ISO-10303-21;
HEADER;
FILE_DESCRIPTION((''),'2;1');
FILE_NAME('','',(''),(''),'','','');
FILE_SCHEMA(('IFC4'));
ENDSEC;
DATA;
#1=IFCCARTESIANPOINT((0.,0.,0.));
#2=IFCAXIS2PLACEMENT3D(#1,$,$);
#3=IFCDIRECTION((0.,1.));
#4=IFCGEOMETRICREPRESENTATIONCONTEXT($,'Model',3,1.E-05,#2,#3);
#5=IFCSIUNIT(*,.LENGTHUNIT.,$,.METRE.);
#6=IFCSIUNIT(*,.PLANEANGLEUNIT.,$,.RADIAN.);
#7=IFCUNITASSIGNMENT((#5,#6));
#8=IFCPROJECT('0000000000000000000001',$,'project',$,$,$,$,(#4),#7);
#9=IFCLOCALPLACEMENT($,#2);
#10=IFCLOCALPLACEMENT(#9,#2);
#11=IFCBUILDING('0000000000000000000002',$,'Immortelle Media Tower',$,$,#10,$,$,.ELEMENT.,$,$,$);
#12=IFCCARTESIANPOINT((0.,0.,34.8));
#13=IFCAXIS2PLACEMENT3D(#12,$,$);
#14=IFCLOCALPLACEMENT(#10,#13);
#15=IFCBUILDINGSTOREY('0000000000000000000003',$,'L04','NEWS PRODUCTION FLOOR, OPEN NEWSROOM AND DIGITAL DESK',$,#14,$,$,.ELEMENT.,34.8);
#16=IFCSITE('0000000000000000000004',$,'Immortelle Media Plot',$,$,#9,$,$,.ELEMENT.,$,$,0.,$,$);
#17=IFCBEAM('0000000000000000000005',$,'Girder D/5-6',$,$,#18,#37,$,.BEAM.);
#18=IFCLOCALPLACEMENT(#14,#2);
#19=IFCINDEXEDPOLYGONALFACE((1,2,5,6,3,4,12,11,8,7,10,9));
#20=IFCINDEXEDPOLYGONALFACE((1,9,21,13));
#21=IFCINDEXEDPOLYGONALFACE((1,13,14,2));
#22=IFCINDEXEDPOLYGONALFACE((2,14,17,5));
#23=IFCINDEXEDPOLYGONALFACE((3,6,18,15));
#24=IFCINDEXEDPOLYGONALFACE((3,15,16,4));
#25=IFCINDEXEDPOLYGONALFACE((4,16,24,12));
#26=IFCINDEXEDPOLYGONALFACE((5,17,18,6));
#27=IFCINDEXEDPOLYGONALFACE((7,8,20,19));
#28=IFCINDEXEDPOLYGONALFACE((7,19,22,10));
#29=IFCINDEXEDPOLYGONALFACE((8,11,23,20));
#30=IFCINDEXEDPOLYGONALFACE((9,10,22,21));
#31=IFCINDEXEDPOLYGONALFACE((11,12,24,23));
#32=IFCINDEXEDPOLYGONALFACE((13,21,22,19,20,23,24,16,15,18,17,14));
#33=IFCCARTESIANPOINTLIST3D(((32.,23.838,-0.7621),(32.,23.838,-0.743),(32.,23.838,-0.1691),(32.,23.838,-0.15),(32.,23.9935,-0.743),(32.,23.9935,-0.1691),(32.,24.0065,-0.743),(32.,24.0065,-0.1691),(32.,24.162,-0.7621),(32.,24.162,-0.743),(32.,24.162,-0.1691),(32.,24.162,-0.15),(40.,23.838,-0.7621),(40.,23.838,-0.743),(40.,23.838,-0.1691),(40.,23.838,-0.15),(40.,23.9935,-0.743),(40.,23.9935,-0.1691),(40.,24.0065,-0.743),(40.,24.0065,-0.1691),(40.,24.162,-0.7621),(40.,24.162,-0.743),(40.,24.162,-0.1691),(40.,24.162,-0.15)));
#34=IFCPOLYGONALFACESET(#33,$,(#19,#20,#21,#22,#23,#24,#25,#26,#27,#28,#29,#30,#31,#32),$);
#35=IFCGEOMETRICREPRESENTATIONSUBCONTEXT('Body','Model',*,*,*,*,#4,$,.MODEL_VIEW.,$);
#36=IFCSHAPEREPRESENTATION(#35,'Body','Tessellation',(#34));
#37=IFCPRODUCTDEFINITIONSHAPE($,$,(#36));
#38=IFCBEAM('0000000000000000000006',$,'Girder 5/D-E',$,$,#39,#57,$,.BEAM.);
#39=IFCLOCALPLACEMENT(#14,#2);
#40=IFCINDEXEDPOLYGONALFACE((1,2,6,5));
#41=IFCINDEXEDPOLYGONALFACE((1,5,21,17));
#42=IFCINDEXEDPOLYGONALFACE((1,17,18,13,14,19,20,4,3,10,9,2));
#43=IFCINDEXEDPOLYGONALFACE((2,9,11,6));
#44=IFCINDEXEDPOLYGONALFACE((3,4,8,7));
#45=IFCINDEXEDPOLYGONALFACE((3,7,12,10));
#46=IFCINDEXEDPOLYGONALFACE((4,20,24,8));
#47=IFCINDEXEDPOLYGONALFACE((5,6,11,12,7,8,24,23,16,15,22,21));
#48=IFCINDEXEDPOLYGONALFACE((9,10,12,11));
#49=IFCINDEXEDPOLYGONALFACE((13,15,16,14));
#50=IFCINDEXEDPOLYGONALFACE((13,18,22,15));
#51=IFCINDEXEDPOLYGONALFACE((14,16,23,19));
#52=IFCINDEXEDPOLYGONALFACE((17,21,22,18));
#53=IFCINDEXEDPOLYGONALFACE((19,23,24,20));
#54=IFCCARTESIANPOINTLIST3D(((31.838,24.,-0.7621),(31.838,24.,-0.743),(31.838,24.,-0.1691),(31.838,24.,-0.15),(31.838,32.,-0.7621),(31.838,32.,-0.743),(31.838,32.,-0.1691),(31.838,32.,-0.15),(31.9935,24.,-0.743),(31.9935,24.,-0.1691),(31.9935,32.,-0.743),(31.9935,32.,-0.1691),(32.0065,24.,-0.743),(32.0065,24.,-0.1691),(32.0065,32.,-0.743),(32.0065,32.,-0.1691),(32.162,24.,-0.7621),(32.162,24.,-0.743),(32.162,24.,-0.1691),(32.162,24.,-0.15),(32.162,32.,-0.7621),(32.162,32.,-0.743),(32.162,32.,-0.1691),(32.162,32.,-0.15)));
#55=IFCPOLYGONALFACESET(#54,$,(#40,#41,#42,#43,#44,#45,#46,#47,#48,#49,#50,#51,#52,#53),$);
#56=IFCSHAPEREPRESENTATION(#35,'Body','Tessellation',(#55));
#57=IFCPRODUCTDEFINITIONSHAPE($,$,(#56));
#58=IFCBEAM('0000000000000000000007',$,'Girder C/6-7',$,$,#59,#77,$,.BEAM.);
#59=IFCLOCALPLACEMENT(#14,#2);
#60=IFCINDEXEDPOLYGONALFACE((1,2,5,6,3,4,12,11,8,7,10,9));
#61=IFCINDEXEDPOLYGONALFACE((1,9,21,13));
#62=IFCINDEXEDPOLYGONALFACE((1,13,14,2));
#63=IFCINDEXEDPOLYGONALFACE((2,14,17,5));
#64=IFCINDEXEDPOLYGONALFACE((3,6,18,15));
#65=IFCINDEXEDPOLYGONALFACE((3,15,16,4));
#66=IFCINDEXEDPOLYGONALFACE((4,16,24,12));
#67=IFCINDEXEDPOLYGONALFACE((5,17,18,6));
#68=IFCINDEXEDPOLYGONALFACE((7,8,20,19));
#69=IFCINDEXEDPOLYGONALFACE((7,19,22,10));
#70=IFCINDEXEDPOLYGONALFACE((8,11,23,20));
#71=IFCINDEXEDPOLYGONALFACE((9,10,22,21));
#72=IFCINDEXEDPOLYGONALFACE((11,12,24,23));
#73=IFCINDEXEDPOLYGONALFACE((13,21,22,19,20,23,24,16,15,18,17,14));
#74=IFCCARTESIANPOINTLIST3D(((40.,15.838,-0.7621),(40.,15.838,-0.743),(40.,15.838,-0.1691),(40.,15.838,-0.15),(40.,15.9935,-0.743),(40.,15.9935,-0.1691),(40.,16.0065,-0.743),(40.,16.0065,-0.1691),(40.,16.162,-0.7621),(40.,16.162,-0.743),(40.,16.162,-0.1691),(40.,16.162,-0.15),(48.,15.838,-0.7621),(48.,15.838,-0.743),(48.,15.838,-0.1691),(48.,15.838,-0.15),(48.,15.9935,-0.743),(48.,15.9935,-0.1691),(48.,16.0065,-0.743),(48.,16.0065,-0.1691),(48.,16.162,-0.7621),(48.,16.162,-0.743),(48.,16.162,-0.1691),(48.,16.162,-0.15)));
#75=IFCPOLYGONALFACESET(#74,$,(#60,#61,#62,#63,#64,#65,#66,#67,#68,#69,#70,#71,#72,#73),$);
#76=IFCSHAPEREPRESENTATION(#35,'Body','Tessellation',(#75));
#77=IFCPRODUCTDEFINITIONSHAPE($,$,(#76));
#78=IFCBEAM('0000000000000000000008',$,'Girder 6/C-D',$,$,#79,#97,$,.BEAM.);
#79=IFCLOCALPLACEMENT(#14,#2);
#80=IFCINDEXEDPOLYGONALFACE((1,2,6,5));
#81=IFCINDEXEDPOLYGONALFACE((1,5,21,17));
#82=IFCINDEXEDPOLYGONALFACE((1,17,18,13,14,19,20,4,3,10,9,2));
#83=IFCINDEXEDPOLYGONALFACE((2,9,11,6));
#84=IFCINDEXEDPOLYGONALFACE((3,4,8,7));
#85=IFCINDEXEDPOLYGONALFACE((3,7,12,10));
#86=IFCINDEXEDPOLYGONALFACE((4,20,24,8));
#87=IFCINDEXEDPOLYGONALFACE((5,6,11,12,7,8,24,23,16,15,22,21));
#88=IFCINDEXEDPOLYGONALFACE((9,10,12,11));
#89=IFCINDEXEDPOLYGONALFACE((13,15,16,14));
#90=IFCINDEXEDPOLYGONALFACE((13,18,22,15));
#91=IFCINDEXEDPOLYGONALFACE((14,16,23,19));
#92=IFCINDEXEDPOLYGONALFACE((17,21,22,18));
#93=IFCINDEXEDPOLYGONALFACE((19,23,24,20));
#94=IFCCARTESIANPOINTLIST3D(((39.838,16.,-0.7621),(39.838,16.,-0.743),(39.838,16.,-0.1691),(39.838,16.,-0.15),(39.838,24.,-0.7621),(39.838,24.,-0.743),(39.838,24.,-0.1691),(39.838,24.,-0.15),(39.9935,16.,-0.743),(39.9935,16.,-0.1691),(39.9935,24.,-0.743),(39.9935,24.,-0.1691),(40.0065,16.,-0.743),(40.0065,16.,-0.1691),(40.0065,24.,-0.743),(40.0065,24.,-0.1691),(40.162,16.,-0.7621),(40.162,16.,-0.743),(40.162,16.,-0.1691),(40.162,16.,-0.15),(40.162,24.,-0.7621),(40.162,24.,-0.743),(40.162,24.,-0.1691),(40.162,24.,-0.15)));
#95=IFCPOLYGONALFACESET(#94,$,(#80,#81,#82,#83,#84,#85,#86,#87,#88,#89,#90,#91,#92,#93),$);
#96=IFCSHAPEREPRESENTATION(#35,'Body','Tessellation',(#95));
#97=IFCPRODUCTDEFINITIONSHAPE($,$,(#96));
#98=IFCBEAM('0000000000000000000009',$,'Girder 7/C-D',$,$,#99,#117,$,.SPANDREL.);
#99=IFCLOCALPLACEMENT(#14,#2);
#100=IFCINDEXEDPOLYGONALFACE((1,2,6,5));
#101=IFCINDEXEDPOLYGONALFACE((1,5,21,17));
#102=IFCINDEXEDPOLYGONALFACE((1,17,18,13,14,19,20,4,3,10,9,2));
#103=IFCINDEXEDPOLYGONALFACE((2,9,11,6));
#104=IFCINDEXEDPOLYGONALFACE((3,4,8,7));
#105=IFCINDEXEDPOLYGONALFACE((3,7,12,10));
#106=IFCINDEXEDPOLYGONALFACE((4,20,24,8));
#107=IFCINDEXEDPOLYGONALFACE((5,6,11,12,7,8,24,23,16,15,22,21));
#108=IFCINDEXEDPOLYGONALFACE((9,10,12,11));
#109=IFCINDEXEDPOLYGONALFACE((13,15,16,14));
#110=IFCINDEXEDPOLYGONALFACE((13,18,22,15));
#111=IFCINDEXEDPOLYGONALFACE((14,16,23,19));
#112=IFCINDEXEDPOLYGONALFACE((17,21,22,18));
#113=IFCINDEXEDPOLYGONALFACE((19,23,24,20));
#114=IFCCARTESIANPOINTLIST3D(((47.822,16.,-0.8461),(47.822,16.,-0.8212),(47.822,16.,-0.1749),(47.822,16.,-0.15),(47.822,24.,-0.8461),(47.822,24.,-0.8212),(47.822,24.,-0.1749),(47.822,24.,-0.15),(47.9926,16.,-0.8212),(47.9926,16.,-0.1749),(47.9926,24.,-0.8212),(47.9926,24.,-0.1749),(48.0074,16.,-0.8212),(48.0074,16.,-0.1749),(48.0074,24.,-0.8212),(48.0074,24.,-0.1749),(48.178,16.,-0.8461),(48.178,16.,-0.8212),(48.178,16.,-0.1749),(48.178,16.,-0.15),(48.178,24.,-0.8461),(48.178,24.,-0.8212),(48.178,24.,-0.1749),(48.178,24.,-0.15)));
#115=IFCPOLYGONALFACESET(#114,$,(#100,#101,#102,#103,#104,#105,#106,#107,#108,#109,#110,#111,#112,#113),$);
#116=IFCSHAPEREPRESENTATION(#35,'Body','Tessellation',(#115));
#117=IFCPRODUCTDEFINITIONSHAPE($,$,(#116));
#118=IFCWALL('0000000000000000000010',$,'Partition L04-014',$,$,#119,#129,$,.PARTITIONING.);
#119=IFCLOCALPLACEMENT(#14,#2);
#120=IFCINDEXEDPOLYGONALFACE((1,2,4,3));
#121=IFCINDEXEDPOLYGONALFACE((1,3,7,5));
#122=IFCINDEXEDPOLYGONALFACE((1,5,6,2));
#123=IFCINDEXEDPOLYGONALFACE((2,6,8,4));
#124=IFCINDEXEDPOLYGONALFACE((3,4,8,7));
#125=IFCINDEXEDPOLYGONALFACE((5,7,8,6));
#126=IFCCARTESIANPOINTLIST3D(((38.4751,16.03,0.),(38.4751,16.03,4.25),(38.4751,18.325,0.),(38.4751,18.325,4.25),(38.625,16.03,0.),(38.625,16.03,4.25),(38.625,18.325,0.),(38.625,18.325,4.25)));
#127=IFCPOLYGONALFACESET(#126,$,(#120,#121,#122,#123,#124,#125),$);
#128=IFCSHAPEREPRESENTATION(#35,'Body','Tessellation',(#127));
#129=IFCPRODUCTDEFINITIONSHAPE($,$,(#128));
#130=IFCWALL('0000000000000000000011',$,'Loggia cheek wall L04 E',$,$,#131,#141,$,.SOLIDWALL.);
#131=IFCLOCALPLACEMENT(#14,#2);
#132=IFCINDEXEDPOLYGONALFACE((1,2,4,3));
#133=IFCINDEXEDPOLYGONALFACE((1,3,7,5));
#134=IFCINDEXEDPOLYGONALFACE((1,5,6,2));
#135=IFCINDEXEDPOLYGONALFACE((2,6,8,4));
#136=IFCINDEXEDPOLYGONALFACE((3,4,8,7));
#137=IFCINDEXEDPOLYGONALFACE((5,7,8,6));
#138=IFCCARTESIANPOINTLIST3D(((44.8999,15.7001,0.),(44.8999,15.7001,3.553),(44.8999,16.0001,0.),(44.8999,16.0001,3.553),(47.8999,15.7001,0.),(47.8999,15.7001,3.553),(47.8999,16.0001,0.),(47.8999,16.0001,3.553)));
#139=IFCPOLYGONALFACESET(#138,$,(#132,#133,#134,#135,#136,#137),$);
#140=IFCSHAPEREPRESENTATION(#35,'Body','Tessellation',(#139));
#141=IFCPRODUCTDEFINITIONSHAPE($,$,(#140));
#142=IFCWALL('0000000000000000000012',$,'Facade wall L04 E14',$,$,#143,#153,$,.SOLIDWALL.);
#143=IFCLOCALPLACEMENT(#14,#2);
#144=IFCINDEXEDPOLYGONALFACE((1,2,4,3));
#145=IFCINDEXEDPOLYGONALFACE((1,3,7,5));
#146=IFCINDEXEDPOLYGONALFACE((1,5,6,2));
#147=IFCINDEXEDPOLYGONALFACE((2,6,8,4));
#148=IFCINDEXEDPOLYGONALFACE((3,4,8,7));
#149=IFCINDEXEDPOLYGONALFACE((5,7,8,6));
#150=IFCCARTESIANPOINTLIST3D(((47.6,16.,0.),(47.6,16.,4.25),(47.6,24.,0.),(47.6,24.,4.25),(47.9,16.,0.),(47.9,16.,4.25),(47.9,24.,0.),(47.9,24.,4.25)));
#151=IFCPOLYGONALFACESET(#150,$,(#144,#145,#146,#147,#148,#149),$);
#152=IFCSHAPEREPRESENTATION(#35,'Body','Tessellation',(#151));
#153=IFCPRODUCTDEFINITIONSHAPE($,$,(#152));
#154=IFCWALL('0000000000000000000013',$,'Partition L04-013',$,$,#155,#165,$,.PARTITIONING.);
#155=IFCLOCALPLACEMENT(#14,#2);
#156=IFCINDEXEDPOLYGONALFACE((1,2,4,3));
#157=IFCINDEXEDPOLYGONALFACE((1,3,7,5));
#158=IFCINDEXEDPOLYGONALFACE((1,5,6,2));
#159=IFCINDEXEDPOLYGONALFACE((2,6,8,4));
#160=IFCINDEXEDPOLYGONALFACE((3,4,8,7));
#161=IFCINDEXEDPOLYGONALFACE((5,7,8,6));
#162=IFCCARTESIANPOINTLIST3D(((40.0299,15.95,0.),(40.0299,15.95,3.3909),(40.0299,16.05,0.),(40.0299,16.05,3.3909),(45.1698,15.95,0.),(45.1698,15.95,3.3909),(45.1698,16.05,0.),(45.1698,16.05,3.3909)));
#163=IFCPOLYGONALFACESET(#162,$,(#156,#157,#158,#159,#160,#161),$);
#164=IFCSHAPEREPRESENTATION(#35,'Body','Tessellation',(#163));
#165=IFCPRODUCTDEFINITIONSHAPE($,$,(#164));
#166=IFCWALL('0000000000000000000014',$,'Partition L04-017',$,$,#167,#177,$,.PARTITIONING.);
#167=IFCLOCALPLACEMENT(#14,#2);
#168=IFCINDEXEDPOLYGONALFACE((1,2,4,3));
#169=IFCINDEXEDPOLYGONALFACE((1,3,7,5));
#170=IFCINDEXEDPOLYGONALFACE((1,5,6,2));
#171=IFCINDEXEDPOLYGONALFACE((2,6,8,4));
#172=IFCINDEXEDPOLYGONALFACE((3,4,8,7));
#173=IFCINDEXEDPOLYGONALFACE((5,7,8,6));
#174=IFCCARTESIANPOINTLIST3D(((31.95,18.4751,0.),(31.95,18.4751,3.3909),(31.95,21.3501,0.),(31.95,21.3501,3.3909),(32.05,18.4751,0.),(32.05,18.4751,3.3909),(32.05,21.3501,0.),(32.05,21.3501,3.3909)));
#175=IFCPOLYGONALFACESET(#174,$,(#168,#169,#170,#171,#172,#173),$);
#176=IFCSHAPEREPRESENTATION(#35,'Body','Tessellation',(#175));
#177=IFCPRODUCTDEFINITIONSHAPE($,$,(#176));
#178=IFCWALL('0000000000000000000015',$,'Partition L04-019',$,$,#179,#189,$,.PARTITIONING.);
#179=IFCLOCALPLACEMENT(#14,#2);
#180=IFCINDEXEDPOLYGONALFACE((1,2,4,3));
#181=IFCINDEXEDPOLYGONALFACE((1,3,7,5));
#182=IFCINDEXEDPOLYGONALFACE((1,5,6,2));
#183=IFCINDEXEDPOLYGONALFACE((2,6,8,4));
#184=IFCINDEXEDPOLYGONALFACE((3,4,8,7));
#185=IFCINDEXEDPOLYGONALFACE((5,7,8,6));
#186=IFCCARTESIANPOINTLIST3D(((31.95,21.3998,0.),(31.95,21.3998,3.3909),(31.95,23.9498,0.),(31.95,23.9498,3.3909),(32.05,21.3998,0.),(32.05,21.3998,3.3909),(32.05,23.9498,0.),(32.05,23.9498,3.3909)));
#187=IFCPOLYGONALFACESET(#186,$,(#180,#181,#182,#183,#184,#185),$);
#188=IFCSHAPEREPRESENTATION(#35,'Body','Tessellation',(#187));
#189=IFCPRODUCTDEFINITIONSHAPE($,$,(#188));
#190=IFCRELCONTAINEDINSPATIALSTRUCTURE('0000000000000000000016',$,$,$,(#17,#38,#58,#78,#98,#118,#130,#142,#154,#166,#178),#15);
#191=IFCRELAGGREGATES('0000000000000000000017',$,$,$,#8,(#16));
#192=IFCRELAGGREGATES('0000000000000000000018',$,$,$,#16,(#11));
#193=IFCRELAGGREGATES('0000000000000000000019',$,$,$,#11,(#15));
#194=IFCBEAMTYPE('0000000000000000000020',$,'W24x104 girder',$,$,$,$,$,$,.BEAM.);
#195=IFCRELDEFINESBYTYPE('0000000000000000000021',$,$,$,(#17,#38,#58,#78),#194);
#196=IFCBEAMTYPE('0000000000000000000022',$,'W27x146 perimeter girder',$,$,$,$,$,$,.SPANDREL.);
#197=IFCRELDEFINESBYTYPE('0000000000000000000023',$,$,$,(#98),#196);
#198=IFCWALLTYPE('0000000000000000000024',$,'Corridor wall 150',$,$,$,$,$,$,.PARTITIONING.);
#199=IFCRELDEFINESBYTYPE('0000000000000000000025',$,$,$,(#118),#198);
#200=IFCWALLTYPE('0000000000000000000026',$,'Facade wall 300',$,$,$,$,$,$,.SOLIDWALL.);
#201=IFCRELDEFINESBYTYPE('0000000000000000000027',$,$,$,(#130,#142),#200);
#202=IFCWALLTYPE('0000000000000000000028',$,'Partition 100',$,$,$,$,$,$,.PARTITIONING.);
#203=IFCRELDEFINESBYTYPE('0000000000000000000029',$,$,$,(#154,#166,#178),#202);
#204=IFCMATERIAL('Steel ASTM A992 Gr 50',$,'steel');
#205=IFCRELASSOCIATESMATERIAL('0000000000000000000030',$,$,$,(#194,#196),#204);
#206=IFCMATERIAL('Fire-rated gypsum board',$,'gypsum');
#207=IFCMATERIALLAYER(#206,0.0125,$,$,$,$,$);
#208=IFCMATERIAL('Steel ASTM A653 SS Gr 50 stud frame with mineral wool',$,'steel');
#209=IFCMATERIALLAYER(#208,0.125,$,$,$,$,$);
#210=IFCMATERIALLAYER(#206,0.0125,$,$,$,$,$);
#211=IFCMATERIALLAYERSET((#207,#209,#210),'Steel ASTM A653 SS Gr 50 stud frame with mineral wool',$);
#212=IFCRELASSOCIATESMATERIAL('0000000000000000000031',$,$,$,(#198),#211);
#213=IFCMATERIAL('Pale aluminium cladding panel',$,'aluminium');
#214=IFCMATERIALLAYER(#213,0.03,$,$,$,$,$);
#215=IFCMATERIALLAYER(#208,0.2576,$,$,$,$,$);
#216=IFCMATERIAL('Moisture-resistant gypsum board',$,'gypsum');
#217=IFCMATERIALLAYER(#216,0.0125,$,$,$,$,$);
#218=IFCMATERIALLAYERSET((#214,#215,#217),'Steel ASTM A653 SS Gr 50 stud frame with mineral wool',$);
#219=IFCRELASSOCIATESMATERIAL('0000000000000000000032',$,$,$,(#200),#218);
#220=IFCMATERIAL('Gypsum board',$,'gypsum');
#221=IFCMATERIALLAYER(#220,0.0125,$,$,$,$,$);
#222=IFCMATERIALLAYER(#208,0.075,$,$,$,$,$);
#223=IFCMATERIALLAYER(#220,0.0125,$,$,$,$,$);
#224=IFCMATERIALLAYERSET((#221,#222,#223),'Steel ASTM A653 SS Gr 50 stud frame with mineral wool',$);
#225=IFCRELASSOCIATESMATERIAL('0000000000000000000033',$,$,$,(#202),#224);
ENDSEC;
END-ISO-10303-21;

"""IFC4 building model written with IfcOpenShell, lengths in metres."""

from ifc_helpers import new_model, si_unit, direction, frame, frame_2d, origin, origin_2d, place, context, subcontext, project, spatial, rectangle, i_section, extrude, material, layer, layer_set, material_profile, profile_set, type_object, element, save


model = new_model("IFC4")

# Units and contexts
model_context = context("Model", 3, precision=1e-05, world=origin(), true_north=direction((0.0, 1.0)))
body_context = subcontext(model_context, "Body", "Model", "MODEL_VIEW")
ifc_project = project(units=[si_unit("LENGTHUNIT", "METRE"), si_unit("PLANEANGLEUNIT", "RADIAN")], contexts=[model_context])

# Site, building, storey
site_placement = place(None, origin())
site = spatial("IfcSite", under=ifc_project, at=site_placement, Name="Immortelle Media Plot", CompositionType="ELEMENT", RefElevation=0.0)
building_placement = place(site_placement, origin())
building = spatial("IfcBuilding", under=site, at=building_placement, Name="Immortelle Media Tower", CompositionType="ELEMENT")
storey_placement = place(building_placement, frame((0.0, 0.0, 34.8)))
storey = spatial("IfcBuildingStorey", under=building, at=storey_placement, Name="L04", Description="NEWS PRODUCTION FLOOR, OPEN NEWSROOM AND DIGITAL DESK", CompositionType="ELEMENT", Elevation=34.8)

# Shared definitions
ifc_material_1 = material(Name="Steel ASTM A992 Gr 50", Category="steel")

# Beams
ifc_material_profile_1 = material_profile(ifc_material_1, i_section(OverallWidth=0.324, OverallDepth=0.6121, WebThickness=0.0129, FlangeThickness=0.019, at=origin_2d()), Name="W24x104")
ifc_profile_set_1 = profile_set([ifc_material_profile_1], Name="Steel ASTM A992 Gr 50")
beam_type_1 = type_object("IfcBeamType", Name="W24x104 girder", PredefinedType="BEAM", material=ifc_profile_set_1)
for number, where, z_axis, x_axis, name in (
    (1, (32.0, 24.0, -0.4561), (1.0, 0.0, 0.0), (0.0, 1.0, 0.0), "Girder D/5-6"),
    (2, (32.0, 24.0, -0.4561), (0.0, 1.0, 0.0), (-1.0, 0.0, 0.0), "Girder 5/D-E"),
    (3, (40.0, 16.0, -0.4561), (1.0, 0.0, 0.0), (0.0, 1.0, 0.0), "Girder C/6-7"),
    (4, (40.0, 16.0, -0.4561), (0.0, 1.0, 0.0), (-1.0, 0.0, 0.0), "Girder 6/C-D"),
):
    element("IfcBeam", number, at=place(storey_placement, frame(where, z_axis=z_axis, x_axis=x_axis)), inside=storey, type_object=beam_type_1, Name=name, PredefinedType="BEAM", context=body_context, shape_type="SweptSolid", body=[
        extrude(i_section(OverallWidth=0.324, OverallDepth=0.6121, WebThickness=0.0129, FlangeThickness=0.019, at=origin_2d()), origin(), (0.0, 0.0, 1.0), 8.0),
    ])
ifc_material_profile_2 = material_profile(ifc_material_1, i_section(OverallWidth=0.356, OverallDepth=0.696, WebThickness=0.0149, FlangeThickness=0.0249, at=origin_2d()), Name="W27x146")
ifc_profile_set_2 = profile_set([ifc_material_profile_2], Name="Steel ASTM A992 Gr 50")
beam_type_2 = type_object("IfcBeamType", Name="W27x146 perimeter girder", PredefinedType="SPANDREL", material=ifc_profile_set_2)
beam_1_placement = place(storey_placement, frame((48.0, 16.0, -0.498), z_axis=(0.0, 1.0, 0.0), x_axis=(-1.0, 0.0, 0.0)))
element("IfcBeam", 5, at=beam_1_placement, inside=storey, type_object=beam_type_2, Name="Girder 7/C-D", PredefinedType="SPANDREL", context=body_context, shape_type="SweptSolid", body=[
    extrude(i_section(OverallWidth=0.356, OverallDepth=0.696, WebThickness=0.0149, FlangeThickness=0.0249, at=origin_2d()), origin(), (0.0, 0.0, 1.0), 8.0),
])

# Walls
ifc_material_2 = material(Name="Fire-rated gypsum board", Category="gypsum")
ifc_layer_1 = layer(ifc_material_2, 0.0125)
ifc_material_3 = material(Name="Steel ASTM A653 SS Gr 50 stud frame with mineral wool", Category="steel")
ifc_layer_2 = layer(ifc_material_3, 0.125)
ifc_layer_3 = layer(ifc_material_2, 0.0125)
ifc_layer_set_1 = layer_set([ifc_layer_1, ifc_layer_2, ifc_layer_3], Name="Steel ASTM A653 SS Gr 50 stud frame with mineral wool")
wall_type_1 = type_object("IfcWallType", Name="Corridor wall 150", PredefinedType="PARTITIONING", material=ifc_layer_set_1)
wall_1_placement = place(storey_placement, frame((38.55, 16.03, 0.0), z_axis=(0.0, 0.0, 1.0), x_axis=(0.0, 1.0, 0.0)))
element("IfcWall", 6, at=wall_1_placement, inside=storey, type_object=wall_type_1, Name="Partition L04-014", PredefinedType="PARTITIONING", context=body_context, shape_type="SweptSolid", body=[
    extrude(rectangle(XDim=2.2949, YDim=0.1499, at=frame_2d((1.1475, 0.0))), origin(), (0.0, 0.0, 1.0), 4.25),
])
ifc_material_4 = material(Name="Pale aluminium cladding panel", Category="aluminium")
ifc_layer_4 = layer(ifc_material_4, 0.03)
ifc_layer_5 = layer(ifc_material_3, 0.2576)
ifc_material_5 = material(Name="Moisture-resistant gypsum board", Category="gypsum")
ifc_layer_6 = layer(ifc_material_5, 0.0125)
ifc_layer_set_2 = layer_set([ifc_layer_4, ifc_layer_5, ifc_layer_6], Name="Steel ASTM A653 SS Gr 50 stud frame with mineral wool")
wall_type_2 = type_object("IfcWallType", Name="Facade wall 300", PredefinedType="SOLIDWALL", material=ifc_layer_set_2)
wall_2_placement = place(storey_placement, frame((47.8999, 15.8501, 0.0), z_axis=(0.0, 0.0, 1.0), x_axis=(-1.0, 0.0, 0.0)))
element("IfcWall", 7, at=wall_2_placement, inside=storey, type_object=wall_type_2, Name="Loggia cheek wall L04 E", PredefinedType="SOLIDWALL", context=body_context, shape_type="SweptSolid", body=[
    extrude(rectangle(XDim=3.0, YDim=0.3, at=frame_2d((1.5, 0.0))), origin(), (0.0, 0.0, 1.0), 3.553),
])
wall_3_placement = place(storey_placement, frame((47.75, 16.0, 0.0), z_axis=(0.0, 0.0, 1.0), x_axis=(0.0, 1.0, 0.0)))
element("IfcWall", 8, at=wall_3_placement, inside=storey, type_object=wall_type_2, Name="Facade wall L04 E14", PredefinedType="SOLIDWALL", context=body_context, shape_type="SweptSolid", body=[
    extrude(rectangle(XDim=8.0, YDim=0.3, at=frame_2d((4.0, 0.0))), origin(), (0.0, 0.0, 1.0), 4.25),
])
ifc_material_6 = material(Name="Gypsum board", Category="gypsum")
ifc_layer_7 = layer(ifc_material_6, 0.0125)
ifc_layer_8 = layer(ifc_material_3, 0.075)
ifc_layer_9 = layer(ifc_material_6, 0.0125)
ifc_layer_set_3 = layer_set([ifc_layer_7, ifc_layer_8, ifc_layer_9], Name="Steel ASTM A653 SS Gr 50 stud frame with mineral wool")
wall_type_3 = type_object("IfcWallType", Name="Partition 100", PredefinedType="PARTITIONING", material=ifc_layer_set_3)
wall_4_placement = place(storey_placement, frame((40.03, 16.0, 0.0), z_axis=(0.0, 0.0, 1.0), x_axis=(1.0, 0.0, 0.0)))
element("IfcWall", 9, at=wall_4_placement, inside=storey, type_object=wall_type_3, Name="Partition L04-013", PredefinedType="PARTITIONING", context=body_context, shape_type="SweptSolid", body=[
    extrude(rectangle(XDim=5.1399, YDim=0.1001, at=frame_2d((2.5698, 0.0))), origin(), (0.0, 0.0, 1.0), 3.3909),
])
wall_5_placement = place(storey_placement, frame((32.0, 18.4751, 0.0), z_axis=(0.0, 0.0, 1.0), x_axis=(0.0, 1.0, 0.0)))
element("IfcWall", 10, at=wall_5_placement, inside=storey, type_object=wall_type_3, Name="Partition L04-017", PredefinedType="PARTITIONING", context=body_context, shape_type="SweptSolid", body=[
    extrude(rectangle(XDim=2.875, YDim=0.1001, at=frame_2d((1.4375, 0.0))), origin(), (0.0, 0.0, 1.0), 3.3909),
])
wall_6_placement = place(storey_placement, frame((32.0, 21.3999, 0.0), z_axis=(0.0, 0.0, 1.0), x_axis=(0.0, 1.0, 0.0)))
element("IfcWall", 11, at=wall_6_placement, inside=storey, type_object=wall_type_3, Name="Partition L04-019", PredefinedType="PARTITIONING", context=body_context, shape_type="SweptSolid", body=[
    extrude(rectangle(XDim=2.55, YDim=0.1001, at=frame_2d((1.2749, 0.0))), origin(), (0.0, 0.0, 1.0), 3.3909),
])

save(model, "model.ifc")
